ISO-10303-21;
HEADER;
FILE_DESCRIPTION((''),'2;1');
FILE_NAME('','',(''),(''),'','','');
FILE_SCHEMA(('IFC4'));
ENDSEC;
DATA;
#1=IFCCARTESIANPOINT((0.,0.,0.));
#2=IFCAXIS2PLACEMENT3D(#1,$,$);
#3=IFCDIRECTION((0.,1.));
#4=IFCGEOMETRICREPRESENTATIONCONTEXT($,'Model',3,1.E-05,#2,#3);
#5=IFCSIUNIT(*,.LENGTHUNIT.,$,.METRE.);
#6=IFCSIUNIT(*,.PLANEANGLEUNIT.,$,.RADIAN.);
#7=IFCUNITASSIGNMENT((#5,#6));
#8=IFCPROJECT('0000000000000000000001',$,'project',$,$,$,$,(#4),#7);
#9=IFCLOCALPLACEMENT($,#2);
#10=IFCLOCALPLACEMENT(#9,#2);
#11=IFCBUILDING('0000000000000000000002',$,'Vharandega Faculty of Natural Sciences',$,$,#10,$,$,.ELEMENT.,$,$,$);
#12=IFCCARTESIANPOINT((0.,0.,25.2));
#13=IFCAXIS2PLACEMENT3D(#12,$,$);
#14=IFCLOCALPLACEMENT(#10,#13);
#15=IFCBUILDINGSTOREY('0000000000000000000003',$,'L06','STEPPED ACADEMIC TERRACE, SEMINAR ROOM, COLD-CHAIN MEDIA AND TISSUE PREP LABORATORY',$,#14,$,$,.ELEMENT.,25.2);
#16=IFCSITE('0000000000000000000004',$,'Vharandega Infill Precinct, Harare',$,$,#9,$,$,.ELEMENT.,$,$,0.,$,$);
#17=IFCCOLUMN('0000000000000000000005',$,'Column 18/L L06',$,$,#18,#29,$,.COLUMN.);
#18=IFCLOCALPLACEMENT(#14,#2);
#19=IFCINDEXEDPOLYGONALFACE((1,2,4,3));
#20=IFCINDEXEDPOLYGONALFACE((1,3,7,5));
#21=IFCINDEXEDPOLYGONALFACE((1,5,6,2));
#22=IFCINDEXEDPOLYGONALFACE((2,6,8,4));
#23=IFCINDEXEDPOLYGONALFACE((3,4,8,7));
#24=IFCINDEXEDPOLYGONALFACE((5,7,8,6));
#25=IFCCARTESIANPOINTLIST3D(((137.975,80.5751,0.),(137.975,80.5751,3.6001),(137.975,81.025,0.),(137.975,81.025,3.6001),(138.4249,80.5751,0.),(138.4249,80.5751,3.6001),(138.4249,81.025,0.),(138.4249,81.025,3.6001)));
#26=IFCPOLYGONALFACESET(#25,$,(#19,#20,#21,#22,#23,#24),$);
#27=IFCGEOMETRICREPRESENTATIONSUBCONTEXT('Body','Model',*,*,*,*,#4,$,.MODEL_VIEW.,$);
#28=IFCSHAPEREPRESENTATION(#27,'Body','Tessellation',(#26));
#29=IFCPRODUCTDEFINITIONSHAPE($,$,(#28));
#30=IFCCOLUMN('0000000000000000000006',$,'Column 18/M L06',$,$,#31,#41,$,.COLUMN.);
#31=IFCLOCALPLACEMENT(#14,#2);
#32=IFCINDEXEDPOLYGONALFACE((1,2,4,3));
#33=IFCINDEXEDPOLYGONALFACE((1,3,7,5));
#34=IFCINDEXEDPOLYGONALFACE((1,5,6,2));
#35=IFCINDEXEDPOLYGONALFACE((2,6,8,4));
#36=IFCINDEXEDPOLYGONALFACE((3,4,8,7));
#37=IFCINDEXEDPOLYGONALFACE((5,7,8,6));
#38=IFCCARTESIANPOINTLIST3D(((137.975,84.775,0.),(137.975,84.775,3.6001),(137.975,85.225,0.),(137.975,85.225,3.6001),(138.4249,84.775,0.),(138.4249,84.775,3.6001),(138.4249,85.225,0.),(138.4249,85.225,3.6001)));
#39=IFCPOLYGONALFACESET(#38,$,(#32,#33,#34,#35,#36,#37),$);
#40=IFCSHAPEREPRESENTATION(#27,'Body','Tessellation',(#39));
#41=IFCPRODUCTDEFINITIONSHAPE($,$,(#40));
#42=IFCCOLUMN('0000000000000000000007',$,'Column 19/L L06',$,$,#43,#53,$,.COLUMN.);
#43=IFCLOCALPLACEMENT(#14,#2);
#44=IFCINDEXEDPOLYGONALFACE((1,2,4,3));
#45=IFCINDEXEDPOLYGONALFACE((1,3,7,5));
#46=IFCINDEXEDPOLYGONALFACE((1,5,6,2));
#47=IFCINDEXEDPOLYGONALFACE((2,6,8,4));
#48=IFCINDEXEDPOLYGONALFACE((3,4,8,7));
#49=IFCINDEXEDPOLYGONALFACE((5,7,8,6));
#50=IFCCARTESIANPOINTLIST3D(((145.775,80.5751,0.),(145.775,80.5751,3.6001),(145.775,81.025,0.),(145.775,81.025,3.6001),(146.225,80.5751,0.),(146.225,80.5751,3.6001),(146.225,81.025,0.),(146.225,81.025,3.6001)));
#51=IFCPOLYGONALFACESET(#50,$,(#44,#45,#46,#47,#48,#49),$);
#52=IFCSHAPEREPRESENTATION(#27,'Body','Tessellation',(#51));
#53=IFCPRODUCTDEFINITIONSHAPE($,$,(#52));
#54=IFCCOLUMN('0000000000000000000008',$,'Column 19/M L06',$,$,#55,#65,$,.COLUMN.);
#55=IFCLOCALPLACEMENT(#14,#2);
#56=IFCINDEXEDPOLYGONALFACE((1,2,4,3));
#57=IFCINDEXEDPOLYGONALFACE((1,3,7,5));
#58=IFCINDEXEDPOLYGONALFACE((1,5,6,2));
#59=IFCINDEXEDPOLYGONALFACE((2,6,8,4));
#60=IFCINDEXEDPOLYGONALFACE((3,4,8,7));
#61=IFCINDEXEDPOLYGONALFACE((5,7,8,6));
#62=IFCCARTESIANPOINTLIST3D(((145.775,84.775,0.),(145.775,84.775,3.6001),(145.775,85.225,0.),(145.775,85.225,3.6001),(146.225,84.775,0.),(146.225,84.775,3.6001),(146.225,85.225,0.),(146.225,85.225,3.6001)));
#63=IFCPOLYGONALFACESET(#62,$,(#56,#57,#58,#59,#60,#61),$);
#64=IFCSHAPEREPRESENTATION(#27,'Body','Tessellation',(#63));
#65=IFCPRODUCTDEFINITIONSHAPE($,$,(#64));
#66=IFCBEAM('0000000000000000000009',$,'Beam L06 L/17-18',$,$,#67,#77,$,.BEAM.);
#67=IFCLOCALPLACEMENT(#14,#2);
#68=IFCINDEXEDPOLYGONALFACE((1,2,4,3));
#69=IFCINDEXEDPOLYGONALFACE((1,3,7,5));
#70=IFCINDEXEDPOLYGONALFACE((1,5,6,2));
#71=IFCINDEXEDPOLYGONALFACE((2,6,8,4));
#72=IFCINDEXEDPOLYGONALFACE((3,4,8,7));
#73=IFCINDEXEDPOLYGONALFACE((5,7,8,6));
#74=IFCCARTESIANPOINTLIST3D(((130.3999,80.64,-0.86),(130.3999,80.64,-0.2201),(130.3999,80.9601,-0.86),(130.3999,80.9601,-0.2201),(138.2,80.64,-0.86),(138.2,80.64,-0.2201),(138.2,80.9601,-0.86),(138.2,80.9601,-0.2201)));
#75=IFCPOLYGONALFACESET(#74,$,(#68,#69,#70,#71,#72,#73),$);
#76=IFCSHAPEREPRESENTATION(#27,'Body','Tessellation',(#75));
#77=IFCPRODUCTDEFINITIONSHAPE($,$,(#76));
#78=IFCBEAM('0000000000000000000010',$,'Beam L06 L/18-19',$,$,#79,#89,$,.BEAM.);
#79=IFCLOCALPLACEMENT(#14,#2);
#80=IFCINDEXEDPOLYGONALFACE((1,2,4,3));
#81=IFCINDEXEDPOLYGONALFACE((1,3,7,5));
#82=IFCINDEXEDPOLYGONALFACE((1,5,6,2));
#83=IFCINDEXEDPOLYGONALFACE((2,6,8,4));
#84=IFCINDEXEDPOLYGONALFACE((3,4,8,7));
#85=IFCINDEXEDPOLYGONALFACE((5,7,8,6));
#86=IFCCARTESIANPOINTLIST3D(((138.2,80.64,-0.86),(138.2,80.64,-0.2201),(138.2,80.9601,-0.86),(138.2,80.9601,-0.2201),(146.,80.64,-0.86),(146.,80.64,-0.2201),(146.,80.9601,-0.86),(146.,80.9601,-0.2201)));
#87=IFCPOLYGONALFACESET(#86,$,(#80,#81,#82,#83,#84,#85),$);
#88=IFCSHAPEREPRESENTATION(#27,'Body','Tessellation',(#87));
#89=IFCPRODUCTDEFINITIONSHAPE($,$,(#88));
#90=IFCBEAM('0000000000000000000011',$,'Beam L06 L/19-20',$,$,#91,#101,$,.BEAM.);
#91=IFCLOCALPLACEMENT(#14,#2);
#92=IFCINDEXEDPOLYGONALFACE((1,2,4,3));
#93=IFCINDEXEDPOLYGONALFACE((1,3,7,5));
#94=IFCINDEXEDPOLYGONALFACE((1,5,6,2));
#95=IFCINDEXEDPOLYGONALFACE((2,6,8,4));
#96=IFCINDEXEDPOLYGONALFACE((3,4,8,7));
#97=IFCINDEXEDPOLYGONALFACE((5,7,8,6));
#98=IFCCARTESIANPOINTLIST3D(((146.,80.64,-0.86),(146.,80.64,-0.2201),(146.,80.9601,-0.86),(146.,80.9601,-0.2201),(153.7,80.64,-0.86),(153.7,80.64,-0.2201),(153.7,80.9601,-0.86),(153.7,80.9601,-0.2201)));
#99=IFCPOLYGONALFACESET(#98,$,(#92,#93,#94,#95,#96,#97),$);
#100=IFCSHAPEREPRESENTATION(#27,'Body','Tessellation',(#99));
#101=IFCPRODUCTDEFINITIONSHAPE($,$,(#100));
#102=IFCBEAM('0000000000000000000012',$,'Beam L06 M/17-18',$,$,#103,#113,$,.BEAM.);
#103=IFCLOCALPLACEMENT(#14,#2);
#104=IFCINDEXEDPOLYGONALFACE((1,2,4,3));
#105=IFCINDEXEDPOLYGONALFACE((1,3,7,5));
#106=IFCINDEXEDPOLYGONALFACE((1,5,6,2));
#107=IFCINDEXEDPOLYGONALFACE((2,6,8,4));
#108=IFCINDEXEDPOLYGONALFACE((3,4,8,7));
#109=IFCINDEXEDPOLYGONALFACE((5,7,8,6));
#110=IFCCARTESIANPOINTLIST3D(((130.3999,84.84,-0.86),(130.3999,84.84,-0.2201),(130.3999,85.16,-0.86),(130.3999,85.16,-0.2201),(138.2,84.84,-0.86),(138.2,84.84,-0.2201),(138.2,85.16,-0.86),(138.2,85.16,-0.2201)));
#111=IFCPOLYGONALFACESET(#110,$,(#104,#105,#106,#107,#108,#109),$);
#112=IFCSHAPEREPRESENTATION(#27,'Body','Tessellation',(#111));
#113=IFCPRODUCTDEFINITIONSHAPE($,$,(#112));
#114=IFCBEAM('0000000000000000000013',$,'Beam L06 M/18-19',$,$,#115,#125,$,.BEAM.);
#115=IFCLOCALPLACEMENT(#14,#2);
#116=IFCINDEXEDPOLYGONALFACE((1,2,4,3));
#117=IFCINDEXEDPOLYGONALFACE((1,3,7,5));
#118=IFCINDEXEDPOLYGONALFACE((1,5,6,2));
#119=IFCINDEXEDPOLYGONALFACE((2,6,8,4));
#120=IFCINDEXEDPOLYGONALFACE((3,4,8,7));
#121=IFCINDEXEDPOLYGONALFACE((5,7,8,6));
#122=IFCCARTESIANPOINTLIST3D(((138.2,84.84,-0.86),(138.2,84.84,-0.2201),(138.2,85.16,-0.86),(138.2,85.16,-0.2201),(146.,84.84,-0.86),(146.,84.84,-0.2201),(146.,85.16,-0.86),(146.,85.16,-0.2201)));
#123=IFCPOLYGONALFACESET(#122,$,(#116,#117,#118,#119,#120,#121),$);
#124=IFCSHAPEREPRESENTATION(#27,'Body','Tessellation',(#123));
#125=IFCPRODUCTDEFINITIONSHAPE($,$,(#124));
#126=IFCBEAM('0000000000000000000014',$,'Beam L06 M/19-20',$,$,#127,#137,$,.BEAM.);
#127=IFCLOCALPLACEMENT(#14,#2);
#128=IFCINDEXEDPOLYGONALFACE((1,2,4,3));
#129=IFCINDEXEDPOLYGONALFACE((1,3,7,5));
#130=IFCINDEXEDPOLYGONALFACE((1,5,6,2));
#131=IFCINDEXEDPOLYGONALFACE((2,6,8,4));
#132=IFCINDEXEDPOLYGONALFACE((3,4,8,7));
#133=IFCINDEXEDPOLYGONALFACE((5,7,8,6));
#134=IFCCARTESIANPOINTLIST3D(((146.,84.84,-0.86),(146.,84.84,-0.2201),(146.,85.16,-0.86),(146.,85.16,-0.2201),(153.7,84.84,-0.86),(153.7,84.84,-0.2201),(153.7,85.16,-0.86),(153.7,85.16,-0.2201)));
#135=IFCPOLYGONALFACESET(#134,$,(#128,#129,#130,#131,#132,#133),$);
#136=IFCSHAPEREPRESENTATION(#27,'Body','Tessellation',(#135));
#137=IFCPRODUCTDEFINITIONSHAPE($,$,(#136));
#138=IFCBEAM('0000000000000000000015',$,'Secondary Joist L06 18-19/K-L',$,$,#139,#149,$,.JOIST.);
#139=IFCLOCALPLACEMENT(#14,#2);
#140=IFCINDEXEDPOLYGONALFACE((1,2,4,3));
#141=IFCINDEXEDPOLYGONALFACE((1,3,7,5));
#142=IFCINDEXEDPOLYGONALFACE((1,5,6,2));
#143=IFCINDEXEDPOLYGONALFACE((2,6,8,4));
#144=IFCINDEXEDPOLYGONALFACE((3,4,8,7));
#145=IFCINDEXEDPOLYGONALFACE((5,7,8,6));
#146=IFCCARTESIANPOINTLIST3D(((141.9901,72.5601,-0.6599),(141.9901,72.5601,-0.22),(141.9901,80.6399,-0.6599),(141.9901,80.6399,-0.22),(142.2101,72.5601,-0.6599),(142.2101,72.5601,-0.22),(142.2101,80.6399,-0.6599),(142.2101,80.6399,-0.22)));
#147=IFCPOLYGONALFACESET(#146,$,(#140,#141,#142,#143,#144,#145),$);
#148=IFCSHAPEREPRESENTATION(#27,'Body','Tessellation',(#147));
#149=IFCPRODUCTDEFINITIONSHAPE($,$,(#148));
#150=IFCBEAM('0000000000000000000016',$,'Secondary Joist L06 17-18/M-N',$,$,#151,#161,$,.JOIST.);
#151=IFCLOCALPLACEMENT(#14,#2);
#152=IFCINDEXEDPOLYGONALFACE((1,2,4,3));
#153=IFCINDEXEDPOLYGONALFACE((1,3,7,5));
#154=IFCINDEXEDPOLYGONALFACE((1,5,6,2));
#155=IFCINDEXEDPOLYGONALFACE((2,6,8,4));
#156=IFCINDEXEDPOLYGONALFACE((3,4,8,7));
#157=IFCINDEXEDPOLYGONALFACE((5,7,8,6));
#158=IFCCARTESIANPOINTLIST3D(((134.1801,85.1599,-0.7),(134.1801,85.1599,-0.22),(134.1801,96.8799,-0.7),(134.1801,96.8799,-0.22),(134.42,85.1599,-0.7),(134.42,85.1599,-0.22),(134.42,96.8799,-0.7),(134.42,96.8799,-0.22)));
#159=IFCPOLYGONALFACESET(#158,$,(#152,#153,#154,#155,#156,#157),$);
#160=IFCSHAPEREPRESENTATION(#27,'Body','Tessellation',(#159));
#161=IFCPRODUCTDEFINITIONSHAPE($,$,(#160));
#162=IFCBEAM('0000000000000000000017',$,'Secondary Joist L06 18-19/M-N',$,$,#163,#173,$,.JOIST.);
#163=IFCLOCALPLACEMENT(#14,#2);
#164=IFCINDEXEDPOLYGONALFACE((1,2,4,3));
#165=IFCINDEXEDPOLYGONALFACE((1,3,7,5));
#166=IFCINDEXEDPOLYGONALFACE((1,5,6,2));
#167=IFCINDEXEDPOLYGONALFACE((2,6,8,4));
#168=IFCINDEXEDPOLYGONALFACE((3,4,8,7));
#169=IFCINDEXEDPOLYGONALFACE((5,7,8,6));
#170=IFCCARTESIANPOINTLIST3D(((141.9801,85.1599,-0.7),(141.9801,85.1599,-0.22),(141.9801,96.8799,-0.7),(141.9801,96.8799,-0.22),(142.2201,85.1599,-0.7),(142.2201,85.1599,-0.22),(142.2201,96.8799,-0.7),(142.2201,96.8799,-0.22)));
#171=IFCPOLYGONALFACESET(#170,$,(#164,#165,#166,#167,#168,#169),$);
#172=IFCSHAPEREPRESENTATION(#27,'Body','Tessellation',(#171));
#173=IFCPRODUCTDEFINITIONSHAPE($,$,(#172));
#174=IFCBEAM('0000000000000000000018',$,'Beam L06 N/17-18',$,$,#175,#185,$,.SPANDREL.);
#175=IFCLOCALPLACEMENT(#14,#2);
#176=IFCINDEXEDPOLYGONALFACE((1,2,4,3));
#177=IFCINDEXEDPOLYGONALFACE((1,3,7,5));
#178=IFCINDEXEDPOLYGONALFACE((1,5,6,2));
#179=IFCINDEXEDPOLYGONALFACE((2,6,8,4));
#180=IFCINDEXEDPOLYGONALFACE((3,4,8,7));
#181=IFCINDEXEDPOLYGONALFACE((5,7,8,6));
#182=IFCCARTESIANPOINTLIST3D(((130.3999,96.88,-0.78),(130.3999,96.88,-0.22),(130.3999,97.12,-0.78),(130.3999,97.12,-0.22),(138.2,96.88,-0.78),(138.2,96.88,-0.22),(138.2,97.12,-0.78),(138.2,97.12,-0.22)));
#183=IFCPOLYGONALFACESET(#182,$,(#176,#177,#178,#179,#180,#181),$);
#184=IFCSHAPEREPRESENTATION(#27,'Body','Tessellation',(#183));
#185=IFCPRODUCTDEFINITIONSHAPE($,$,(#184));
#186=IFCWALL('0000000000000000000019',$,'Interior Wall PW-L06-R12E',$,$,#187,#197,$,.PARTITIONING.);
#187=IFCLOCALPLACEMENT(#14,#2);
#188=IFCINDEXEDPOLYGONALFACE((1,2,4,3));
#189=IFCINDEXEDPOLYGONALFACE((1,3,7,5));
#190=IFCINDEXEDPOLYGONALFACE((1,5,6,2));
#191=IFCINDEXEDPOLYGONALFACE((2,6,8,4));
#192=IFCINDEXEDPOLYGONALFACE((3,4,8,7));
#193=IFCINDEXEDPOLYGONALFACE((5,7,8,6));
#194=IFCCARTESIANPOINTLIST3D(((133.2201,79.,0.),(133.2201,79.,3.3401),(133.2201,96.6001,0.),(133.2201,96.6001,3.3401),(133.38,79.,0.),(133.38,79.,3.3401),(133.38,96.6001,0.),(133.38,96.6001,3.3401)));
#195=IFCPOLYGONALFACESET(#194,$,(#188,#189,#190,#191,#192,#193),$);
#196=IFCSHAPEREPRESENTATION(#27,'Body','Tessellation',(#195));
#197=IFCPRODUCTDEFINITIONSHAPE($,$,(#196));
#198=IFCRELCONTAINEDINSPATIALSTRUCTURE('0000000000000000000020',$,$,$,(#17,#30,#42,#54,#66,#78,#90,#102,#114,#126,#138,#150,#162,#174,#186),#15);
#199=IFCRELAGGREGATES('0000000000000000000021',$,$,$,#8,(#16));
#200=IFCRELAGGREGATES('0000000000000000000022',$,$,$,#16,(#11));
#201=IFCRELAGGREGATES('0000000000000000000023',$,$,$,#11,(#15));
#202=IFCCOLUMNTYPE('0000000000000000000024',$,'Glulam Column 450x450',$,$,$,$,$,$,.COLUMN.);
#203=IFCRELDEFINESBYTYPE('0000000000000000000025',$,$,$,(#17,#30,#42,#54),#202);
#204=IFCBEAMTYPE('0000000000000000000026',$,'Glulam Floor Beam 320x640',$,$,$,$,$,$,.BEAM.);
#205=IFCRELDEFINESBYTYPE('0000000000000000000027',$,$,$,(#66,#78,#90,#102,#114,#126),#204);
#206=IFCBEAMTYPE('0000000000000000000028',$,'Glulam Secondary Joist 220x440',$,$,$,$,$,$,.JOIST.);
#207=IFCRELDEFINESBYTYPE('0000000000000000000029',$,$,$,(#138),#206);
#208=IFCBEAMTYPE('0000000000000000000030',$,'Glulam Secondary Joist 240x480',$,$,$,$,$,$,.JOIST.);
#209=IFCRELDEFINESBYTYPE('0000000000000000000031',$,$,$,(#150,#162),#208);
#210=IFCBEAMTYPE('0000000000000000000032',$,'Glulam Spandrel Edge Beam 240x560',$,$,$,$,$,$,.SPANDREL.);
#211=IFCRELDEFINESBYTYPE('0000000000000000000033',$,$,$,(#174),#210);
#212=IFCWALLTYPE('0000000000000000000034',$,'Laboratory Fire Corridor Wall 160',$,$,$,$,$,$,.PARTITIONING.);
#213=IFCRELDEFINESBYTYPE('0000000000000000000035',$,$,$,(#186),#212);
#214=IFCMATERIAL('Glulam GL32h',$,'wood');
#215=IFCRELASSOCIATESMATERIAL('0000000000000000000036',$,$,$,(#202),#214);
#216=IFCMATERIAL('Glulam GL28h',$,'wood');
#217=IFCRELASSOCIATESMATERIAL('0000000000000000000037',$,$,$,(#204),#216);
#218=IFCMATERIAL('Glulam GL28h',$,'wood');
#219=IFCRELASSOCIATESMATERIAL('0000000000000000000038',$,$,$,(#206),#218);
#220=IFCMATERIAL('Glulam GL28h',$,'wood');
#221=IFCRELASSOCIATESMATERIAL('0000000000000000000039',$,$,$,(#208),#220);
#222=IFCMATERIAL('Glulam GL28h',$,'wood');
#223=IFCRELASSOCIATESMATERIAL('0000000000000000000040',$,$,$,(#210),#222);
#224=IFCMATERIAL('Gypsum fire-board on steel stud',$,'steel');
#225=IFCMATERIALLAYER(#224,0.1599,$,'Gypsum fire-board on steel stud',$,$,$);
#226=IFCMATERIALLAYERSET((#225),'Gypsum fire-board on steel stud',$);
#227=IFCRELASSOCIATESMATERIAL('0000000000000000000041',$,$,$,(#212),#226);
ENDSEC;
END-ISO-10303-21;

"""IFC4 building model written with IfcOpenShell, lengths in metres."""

from ifc_helpers import new_model, si_unit, direction, frame, frame_2d, origin, origin_2d, place, context, subcontext, project, spatial, rectangle, extrude, material, layer, layer_set, material_profile, profile_set, type_object, element, save


model = new_model("IFC4")

# Units and contexts
model_context = context("Model", 3, precision=1e-05, world=origin(), true_north=direction((0.0, 1.0)))
body_context = subcontext(model_context, "Body", "Model", "MODEL_VIEW")
ifc_project = project(units=[si_unit("LENGTHUNIT", "METRE"), si_unit("PLANEANGLEUNIT", "RADIAN")], contexts=[model_context])

# Site, building, storey
site_placement = place(None, origin())
site = spatial("IfcSite", under=ifc_project, at=site_placement, Name="Vharandega Infill Precinct, Harare", CompositionType="ELEMENT", RefElevation=0.0)
building_placement = place(site_placement, origin())
building = spatial("IfcBuilding", under=site, at=building_placement, Name="Vharandega Faculty of Natural Sciences", CompositionType="ELEMENT")
storey_placement = place(building_placement, frame((0.0, 0.0, 25.2)))
storey = spatial("IfcBuildingStorey", under=building, at=storey_placement, Name="L06", Description="STEPPED ACADEMIC TERRACE, SEMINAR ROOM, COLD-CHAIN MEDIA AND TISSUE PREP LABORATORY", CompositionType="ELEMENT", Elevation=25.2)

# Columns
ifc_material_1 = material(Name="Glulam GL32h", Category="wood")
ifc_material_profile_1 = material_profile(ifc_material_1, rectangle(XDim=0.45, YDim=0.45, at=origin_2d()), Name="GL32h 450x450")
ifc_profile_set_1 = profile_set([ifc_material_profile_1], Name="Glulam GL32h")
column_type = type_object("IfcColumnType", Name="Glulam Column 450x450", PredefinedType="COLUMN", material=ifc_profile_set_1)
for number, where, z_axis, x_axis, name in (
    (1, (138.2, 80.8, 0.0), (0.0, 0.0, 1.0), (1.0, 0.0, 0.0), "Column 18/L L06"),
    (2, (138.2, 85.0, 0.0), (0.0, 0.0, 1.0), (1.0, 0.0, 0.0), "Column 18/M L06"),
    (3, (146.0, 80.8, 0.0), (0.0, 0.0, 1.0), (1.0, 0.0, 0.0), "Column 19/L L06"),
    (4, (146.0, 85.0, 0.0), (0.0, 0.0, 1.0), (1.0, 0.0, 0.0), "Column 19/M L06"),
):
    element("IfcColumn", number, at=place(storey_placement, frame(where, z_axis=z_axis, x_axis=x_axis)), inside=storey, type_object=column_type, Name=name, PredefinedType="COLUMN", context=body_context, shape_type="SweptSolid", body=[
        extrude(rectangle(XDim=0.45, YDim=0.45, at=origin_2d()), origin(), (0.0, 0.0, 1.0), 3.6001),
    ])

# Beams
ifc_material_2 = material(Name="Glulam GL28h", Category="wood")
ifc_material_profile_2 = material_profile(ifc_material_2, rectangle(XDim=0.3201, YDim=0.6399, at=origin_2d()), Name="GL28h 320x640")
ifc_profile_set_2 = profile_set([ifc_material_profile_2], Name="Glulam GL28h")
beam_type_1 = type_object("IfcBeamType", Name="Glulam Floor Beam 320x640", PredefinedType="BEAM", material=ifc_profile_set_2)
for number, where, z_axis, x_axis, name in (
    (5, (130.3999, 80.8, -0.54), (1.0, 0.0, 0.0), (0.0, 1.0, 0.0), "Beam L06 L/17-18"),
    (6, (138.2, 80.8, -0.54), (1.0, 0.0, 0.0), (0.0, 1.0, 0.0), "Beam L06 L/18-19"),
):
    element("IfcBeam", number, at=place(storey_placement, frame(where, z_axis=z_axis, x_axis=x_axis)), inside=storey, type_object=beam_type_1, Name=name, PredefinedType="BEAM", context=body_context, shape_type="SweptSolid", body=[
        extrude(rectangle(XDim=0.3201, YDim=0.6399, at=origin_2d()), origin(), (0.0, 0.0, 1.0), 7.8),
    ])
beam_1_placement = place(storey_placement, frame((146.0, 80.8, -0.54), z_axis=(1.0, 0.0, 0.0), x_axis=(0.0, 1.0, 0.0)))
element("IfcBeam", 7, at=beam_1_placement, inside=storey, type_object=beam_type_1, Name="Beam L06 L/19-20", PredefinedType="BEAM", context=body_context, shape_type="SweptSolid", body=[
    extrude(rectangle(XDim=0.3201, YDim=0.6399, at=origin_2d()), origin(), (0.0, 0.0, 1.0), 7.7),
])
for number, where, z_axis, x_axis, name in (
    (8, (130.3999, 85.0, -0.54), (1.0, 0.0, 0.0), (0.0, 1.0, 0.0), "Beam L06 M/17-18"),
    (9, (138.2, 85.0, -0.54), (1.0, 0.0, 0.0), (0.0, 1.0, 0.0), "Beam L06 M/18-19"),
):
    element("IfcBeam", number, at=place(storey_placement, frame(where, z_axis=z_axis, x_axis=x_axis)), inside=storey, type_object=beam_type_1, Name=name, PredefinedType="BEAM", context=body_context, shape_type="SweptSolid", body=[
        extrude(rectangle(XDim=0.3201, YDim=0.6399, at=origin_2d()), origin(), (0.0, 0.0, 1.0), 7.8),
    ])
beam_2_placement = place(storey_placement, frame((146.0, 85.0, -0.54), z_axis=(1.0, 0.0, 0.0), x_axis=(0.0, 1.0, 0.0)))
element("IfcBeam", 10, at=beam_2_placement, inside=storey, type_object=beam_type_1, Name="Beam L06 M/19-20", PredefinedType="BEAM", context=body_context, shape_type="SweptSolid", body=[
    extrude(rectangle(XDim=0.3201, YDim=0.6399, at=origin_2d()), origin(), (0.0, 0.0, 1.0), 7.7),
])
ifc_material_3 = material(Name="Glulam GL28h", Category="wood")
ifc_material_profile_3 = material_profile(ifc_material_3, rectangle(XDim=0.22, YDim=0.4399, at=origin_2d()), Name="GL28h 220x440")
ifc_profile_set_3 = profile_set([ifc_material_profile_3], Name="Glulam GL28h")
beam_type_2 = type_object("IfcBeamType", Name="Glulam Secondary Joist 220x440", PredefinedType="JOIST", material=ifc_profile_set_3)
beam_3_placement = place(storey_placement, frame((142.1001, 72.5601, -0.4399), z_axis=(0.0, 1.0, 0.0), x_axis=(-1.0, 0.0, 0.0)))
element("IfcBeam", 11, at=beam_3_placement, inside=storey, type_object=beam_type_2, Name="Secondary Joist L06 18-19/K-L", PredefinedType="JOIST", context=body_context, shape_type="SweptSolid", body=[
    extrude(rectangle(XDim=0.22, YDim=0.4399, at=origin_2d()), origin(), (0.0, 0.0, 1.0), 8.0798),
])
ifc_material_4 = material(Name="Glulam GL28h", Category="wood")
ifc_material_profile_4 = material_profile(ifc_material_4, rectangle(XDim=0.24, YDim=0.48, at=origin_2d()), Name="GL28h 240x480")
ifc_profile_set_4 = profile_set([ifc_material_profile_4], Name="Glulam GL28h")
beam_type_3 = type_object("IfcBeamType", Name="Glulam Secondary Joist 240x480", PredefinedType="JOIST", material=ifc_profile_set_4)
for number, where, z_axis, x_axis, name in (
    (12, (134.3, 85.1599, -0.46), (0.0, 1.0, 0.0), (-1.0, 0.0, 0.0), "Secondary Joist L06 17-18/M-N"),
    (13, (142.1001, 85.1599, -0.46), (0.0, 1.0, 0.0), (-1.0, 0.0, 0.0), "Secondary Joist L06 18-19/M-N"),
):
    element("IfcBeam", number, at=place(storey_placement, frame(where, z_axis=z_axis, x_axis=x_axis)), inside=storey, type_object=beam_type_3, Name=name, PredefinedType="JOIST", context=body_context, shape_type="SweptSolid", body=[
        extrude(rectangle(XDim=0.24, YDim=0.48, at=origin_2d()), origin(), (0.0, 0.0, 1.0), 11.72),
    ])
ifc_material_5 = material(Name="Glulam GL28h", Category="wood")
ifc_material_profile_5 = material_profile(ifc_material_5, rectangle(XDim=0.24, YDim=0.5601, at=origin_2d()), Name="GL28h 240x560")
ifc_profile_set_5 = profile_set([ifc_material_profile_5], Name="Glulam GL28h")
beam_type_4 = type_object("IfcBeamType", Name="Glulam Spandrel Edge Beam 240x560", PredefinedType="SPANDREL", material=ifc_profile_set_5)
beam_4_placement = place(storey_placement, frame((130.3999, 97.0, -0.5), z_axis=(1.0, 0.0, 0.0), x_axis=(0.0, 1.0, 0.0)))
element("IfcBeam", 14, at=beam_4_placement, inside=storey, type_object=beam_type_4, Name="Beam L06 N/17-18", PredefinedType="SPANDREL", context=body_context, shape_type="SweptSolid", body=[
    extrude(rectangle(XDim=0.24, YDim=0.5601, at=origin_2d()), origin(), (0.0, 0.0, 1.0), 7.8),
])

# Wall
ifc_material_6 = material(Name="Gypsum fire-board on steel stud", Category="steel")
ifc_layer_1 = layer(ifc_material_6, 0.1599, Name="Gypsum fire-board on steel stud")
ifc_layer_set_1 = layer_set([ifc_layer_1], Name="Gypsum fire-board on steel stud")
wall_type_1 = type_object("IfcWallType", Name="Laboratory Fire Corridor Wall 160", PredefinedType="PARTITIONING", material=ifc_layer_set_1)
wall_1_placement = place(storey_placement, frame((133.3, 79.0, 0.0), z_axis=(0.0, 0.0, 1.0), x_axis=(0.0, 1.0, 0.0)))
element("IfcWall", 15, at=wall_1_placement, inside=storey, type_object=wall_type_1, Name="Interior Wall PW-L06-R12E", PredefinedType="PARTITIONING", context=body_context, shape_type="SweptSolid", body=[
    extrude(rectangle(XDim=17.6001, YDim=0.1599, at=frame_2d((8.8, 0.0))), origin(), (0.0, 0.0, 1.0), 3.3401),
])

save(model, "model.ifc")
